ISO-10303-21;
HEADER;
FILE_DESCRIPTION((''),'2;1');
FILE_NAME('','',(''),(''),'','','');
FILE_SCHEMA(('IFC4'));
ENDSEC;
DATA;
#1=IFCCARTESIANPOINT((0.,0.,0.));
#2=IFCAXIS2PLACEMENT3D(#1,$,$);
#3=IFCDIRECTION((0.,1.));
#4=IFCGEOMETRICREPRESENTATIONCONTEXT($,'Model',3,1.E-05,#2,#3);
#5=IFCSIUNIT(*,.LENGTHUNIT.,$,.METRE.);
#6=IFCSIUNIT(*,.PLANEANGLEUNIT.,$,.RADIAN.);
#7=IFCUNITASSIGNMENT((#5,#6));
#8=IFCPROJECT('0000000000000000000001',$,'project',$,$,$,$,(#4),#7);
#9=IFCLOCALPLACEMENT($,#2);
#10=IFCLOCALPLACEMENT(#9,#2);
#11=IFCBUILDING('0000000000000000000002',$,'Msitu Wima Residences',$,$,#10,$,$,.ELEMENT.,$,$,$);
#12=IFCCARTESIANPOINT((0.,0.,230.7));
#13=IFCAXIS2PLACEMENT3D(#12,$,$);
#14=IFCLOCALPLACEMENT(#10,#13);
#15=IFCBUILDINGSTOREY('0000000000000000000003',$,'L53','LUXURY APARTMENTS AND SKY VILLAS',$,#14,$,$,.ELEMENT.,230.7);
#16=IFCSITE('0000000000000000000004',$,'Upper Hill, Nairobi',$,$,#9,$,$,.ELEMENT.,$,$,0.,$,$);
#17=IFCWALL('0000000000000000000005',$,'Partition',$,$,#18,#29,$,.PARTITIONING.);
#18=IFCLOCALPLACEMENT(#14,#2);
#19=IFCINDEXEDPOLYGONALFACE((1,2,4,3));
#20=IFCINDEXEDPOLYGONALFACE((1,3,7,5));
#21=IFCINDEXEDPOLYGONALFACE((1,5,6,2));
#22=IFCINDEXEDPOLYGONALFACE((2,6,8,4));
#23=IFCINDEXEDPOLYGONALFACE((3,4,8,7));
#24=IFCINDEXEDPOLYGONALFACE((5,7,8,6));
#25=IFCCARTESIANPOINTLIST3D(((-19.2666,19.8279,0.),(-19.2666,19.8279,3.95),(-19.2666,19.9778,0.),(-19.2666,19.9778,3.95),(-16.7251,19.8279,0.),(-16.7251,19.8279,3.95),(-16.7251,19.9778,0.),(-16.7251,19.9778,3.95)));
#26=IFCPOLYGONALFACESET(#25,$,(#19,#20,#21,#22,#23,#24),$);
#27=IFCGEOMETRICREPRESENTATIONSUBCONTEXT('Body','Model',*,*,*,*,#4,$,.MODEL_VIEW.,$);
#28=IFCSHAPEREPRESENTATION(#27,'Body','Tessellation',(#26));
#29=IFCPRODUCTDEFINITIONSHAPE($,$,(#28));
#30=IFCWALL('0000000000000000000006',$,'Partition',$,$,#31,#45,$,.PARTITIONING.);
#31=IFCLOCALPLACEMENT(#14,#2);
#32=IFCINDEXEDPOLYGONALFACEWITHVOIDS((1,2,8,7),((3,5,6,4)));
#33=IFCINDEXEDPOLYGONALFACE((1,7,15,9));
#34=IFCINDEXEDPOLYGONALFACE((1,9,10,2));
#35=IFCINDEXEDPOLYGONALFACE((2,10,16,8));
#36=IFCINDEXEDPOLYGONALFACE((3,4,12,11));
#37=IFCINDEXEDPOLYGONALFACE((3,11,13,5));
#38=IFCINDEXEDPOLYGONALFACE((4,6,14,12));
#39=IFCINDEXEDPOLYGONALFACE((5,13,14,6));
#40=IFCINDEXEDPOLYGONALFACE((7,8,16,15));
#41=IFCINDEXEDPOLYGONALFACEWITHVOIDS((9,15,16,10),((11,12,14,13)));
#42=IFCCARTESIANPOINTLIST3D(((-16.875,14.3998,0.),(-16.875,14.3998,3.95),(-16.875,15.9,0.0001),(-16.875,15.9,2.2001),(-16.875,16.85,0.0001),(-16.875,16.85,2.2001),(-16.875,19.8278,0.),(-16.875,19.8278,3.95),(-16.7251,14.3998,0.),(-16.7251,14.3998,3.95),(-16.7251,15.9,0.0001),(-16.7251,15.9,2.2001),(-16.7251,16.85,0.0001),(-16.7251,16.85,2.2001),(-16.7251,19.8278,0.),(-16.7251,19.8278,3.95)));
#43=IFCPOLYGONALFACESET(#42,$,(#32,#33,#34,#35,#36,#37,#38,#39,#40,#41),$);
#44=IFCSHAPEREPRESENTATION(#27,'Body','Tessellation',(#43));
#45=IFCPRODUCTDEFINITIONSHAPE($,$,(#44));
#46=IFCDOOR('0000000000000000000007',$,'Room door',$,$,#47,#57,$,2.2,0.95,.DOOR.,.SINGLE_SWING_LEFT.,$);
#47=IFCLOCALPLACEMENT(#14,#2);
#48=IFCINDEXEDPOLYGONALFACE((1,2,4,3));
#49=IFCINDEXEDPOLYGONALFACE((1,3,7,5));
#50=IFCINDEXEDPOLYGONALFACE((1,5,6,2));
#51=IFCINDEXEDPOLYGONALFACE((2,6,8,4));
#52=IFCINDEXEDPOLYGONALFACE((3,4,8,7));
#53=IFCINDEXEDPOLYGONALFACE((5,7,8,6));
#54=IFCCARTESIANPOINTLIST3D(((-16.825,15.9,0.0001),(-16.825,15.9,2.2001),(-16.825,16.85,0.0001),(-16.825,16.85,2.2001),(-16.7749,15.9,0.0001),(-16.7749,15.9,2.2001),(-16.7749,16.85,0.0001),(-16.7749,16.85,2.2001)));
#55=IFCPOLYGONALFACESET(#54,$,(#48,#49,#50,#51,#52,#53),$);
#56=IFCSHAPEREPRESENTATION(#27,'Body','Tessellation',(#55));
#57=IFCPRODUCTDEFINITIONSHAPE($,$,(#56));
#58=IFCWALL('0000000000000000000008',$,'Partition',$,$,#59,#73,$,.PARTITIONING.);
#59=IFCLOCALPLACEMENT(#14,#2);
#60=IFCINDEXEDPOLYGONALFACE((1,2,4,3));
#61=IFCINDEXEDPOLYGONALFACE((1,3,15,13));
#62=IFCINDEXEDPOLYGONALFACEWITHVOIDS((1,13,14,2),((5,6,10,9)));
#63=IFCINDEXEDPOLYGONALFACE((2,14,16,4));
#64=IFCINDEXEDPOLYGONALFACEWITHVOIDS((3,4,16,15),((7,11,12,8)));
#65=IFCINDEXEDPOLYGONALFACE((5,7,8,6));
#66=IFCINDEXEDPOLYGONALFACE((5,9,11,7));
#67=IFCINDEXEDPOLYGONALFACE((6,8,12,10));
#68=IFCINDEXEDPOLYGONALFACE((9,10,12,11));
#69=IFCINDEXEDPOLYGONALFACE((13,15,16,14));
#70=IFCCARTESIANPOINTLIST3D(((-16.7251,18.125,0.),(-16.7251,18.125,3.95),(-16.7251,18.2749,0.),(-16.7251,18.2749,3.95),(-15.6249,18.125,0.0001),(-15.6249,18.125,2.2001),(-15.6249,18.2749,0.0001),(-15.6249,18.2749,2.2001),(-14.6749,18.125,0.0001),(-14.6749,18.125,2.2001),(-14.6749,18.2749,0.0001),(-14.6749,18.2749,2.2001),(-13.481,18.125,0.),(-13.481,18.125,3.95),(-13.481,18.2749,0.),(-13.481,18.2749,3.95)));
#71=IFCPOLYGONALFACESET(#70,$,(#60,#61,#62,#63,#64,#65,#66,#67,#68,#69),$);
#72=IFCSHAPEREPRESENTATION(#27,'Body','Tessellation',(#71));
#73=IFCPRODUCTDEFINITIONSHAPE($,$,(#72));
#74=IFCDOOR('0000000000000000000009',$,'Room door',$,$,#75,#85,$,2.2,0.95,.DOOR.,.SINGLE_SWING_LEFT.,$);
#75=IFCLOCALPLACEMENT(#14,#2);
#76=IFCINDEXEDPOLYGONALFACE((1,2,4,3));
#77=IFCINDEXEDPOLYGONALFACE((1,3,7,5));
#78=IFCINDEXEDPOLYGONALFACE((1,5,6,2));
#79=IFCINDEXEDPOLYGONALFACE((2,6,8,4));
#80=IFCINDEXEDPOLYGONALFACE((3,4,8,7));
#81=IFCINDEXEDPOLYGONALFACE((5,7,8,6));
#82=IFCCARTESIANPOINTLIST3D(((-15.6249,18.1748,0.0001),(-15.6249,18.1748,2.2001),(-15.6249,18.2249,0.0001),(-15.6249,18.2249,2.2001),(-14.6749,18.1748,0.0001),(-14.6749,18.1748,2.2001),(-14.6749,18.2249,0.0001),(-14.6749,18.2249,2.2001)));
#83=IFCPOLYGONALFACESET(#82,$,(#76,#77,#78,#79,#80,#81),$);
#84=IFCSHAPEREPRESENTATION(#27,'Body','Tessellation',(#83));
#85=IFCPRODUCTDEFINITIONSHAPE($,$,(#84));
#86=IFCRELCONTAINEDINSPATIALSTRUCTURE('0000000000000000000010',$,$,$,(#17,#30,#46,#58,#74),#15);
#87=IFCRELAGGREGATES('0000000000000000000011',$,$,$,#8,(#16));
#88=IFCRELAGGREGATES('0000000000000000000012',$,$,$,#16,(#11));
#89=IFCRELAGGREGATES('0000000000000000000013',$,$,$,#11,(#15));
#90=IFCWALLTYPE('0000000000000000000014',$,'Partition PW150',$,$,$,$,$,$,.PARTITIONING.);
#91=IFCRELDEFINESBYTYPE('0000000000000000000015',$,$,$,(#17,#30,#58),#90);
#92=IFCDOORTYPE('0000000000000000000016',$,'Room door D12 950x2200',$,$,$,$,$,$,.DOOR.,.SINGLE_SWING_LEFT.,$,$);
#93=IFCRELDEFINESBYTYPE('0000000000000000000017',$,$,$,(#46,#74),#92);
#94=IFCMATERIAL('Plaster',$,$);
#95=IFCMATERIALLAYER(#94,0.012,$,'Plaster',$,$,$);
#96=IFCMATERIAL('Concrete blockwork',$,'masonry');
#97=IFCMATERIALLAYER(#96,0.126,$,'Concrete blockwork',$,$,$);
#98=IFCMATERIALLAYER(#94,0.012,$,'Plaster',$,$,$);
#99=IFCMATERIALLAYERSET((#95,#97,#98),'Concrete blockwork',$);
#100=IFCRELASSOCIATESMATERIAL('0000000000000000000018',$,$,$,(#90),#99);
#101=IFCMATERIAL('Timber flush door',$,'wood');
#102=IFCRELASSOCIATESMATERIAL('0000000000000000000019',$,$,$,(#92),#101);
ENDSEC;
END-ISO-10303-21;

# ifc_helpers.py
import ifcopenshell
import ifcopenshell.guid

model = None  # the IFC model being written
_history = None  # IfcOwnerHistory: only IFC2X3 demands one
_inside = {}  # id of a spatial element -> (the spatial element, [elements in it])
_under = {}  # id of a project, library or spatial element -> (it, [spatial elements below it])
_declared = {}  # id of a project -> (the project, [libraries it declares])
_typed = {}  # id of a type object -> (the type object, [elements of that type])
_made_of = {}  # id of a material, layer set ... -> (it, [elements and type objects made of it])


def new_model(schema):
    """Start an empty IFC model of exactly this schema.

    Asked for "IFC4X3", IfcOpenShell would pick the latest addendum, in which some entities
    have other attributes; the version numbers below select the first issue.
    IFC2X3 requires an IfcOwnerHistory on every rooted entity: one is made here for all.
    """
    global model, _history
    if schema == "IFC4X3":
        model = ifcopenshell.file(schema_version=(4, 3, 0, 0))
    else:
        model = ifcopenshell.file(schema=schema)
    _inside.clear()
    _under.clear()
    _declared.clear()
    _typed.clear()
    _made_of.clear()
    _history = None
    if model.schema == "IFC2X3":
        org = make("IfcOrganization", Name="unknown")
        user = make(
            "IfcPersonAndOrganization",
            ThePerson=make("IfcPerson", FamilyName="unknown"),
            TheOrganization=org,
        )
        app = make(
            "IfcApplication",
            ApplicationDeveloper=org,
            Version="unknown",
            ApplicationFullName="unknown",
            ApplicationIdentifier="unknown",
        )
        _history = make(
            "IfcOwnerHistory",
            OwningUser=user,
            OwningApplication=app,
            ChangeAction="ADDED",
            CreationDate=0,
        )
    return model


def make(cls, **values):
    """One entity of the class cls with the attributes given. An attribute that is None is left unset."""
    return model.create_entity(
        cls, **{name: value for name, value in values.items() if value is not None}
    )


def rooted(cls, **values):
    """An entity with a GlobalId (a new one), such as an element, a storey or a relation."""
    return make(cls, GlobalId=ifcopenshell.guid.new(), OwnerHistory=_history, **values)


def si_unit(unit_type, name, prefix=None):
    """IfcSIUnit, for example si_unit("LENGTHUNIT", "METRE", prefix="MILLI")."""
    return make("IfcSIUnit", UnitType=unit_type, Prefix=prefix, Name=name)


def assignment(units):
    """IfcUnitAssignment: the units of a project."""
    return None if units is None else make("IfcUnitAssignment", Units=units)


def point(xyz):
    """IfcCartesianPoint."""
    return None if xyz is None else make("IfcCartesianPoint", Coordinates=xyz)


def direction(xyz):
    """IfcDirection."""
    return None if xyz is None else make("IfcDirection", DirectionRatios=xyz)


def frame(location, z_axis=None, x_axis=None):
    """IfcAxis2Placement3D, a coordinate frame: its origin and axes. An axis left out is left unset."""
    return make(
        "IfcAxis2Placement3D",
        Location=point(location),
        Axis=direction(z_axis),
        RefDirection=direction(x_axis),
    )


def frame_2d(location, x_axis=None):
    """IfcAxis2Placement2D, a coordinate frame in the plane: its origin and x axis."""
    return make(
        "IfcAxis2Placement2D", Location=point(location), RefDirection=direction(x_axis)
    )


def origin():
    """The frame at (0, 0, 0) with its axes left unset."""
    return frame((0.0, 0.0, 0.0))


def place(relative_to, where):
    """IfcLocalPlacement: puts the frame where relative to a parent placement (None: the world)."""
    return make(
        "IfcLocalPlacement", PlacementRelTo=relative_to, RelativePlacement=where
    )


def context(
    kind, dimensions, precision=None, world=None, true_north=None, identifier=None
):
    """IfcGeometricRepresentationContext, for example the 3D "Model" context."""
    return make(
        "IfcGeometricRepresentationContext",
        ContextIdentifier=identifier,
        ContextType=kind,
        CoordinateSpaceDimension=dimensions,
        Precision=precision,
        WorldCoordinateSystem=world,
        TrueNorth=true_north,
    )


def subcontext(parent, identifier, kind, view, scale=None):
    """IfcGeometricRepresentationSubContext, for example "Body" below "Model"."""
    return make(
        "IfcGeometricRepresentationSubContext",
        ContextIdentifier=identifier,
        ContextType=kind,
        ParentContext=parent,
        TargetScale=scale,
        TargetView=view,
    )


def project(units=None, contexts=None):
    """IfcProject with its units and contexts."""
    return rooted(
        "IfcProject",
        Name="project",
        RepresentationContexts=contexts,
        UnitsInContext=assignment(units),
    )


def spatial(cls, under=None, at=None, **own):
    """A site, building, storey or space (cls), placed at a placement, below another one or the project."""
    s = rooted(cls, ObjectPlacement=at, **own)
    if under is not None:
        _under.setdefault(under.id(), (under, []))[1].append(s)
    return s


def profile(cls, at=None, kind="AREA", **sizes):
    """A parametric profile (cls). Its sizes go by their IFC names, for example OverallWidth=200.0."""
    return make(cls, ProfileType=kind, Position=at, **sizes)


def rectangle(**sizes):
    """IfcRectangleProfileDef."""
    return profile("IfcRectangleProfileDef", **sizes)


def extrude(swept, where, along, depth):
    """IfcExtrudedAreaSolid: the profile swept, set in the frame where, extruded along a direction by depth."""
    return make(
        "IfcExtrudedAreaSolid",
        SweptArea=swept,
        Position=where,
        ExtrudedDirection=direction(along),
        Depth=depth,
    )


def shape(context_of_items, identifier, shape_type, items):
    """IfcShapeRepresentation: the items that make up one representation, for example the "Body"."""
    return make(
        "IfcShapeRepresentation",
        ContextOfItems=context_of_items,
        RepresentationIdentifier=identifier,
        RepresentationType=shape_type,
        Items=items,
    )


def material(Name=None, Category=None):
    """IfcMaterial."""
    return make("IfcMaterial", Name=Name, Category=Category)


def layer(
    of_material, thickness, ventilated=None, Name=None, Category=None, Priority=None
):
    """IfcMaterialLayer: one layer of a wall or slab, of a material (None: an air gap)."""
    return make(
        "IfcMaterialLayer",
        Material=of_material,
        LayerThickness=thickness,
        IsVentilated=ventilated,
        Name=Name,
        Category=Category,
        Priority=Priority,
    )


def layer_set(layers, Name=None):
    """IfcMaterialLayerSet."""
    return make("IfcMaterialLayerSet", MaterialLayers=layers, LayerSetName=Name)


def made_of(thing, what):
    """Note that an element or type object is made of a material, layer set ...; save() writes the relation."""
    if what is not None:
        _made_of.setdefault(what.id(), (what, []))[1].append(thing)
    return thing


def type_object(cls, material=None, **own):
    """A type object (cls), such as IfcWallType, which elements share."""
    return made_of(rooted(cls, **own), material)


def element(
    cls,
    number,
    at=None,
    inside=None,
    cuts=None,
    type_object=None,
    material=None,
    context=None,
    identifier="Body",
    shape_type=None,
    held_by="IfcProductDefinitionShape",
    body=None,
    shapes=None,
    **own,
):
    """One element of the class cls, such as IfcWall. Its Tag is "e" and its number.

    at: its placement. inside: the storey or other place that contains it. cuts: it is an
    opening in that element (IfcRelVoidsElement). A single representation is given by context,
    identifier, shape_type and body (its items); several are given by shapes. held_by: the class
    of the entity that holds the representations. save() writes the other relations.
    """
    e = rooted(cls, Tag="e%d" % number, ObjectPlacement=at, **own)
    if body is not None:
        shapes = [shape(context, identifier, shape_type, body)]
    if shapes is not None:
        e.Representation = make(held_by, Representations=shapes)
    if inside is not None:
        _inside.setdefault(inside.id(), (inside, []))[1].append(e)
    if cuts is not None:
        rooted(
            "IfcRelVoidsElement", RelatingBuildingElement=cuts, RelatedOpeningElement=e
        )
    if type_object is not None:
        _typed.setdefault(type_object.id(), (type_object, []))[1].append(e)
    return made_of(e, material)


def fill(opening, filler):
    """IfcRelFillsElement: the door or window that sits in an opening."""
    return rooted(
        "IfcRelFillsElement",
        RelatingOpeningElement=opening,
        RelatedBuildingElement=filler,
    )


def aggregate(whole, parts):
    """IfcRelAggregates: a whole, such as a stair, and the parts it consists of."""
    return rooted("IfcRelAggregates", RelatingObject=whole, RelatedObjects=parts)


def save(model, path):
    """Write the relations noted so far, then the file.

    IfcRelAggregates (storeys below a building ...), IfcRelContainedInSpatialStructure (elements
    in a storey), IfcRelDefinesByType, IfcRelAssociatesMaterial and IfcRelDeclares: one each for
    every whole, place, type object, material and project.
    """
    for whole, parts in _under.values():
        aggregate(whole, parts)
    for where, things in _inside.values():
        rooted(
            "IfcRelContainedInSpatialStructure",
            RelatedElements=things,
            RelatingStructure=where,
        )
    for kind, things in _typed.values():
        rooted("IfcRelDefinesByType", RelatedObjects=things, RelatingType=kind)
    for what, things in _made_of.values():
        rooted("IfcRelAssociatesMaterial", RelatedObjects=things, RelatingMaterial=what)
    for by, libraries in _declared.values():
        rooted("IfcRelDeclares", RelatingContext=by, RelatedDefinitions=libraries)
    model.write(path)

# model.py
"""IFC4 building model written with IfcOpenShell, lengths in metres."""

from ifc_helpers import new_model, si_unit, direction, frame, frame_2d, origin, place, context, subcontext, project, spatial, rectangle, extrude, material, layer, layer_set, type_object, element, fill, save


model = new_model("IFC4")

# Units and contexts
model_context = context("Model", 3, precision=1e-05, world=origin(), true_north=direction((0.0, 1.0)))
body_context = subcontext(model_context, "Body", "Model", "MODEL_VIEW")
ifc_project = project(units=[si_unit("LENGTHUNIT", "METRE"), si_unit("PLANEANGLEUNIT", "RADIAN")], contexts=[model_context])

# Site, building, storey
site_placement = place(None, origin())
site = spatial("IfcSite", under=ifc_project, at=site_placement, Name="Upper Hill, Nairobi", CompositionType="ELEMENT", RefElevation=0.0)
building_placement = place(site_placement, origin())
building = spatial("IfcBuilding", under=site, at=building_placement, Name="Msitu Wima Residences", CompositionType="ELEMENT")
storey_placement = place(building_placement, frame((0.0, 0.0, 230.7)))
storey = spatial("IfcBuildingStorey", under=building, at=storey_placement, Name="L53", Description="LUXURY APARTMENTS AND SKY VILLAS", CompositionType="ELEMENT", Elevation=230.7)

# Shared definitions
ifc_material_1 = material(Name="Plaster")
ifc_layer_1 = layer(ifc_material_1, 0.012, Name="Plaster")
ifc_material_2 = material(Name="Concrete blockwork", Category="masonry")
ifc_layer_2 = layer(ifc_material_2, 0.126, Name="Concrete blockwork")
ifc_layer_3 = layer(ifc_material_1, 0.012, Name="Plaster")
ifc_layer_set_1 = layer_set([ifc_layer_1, ifc_layer_2, ifc_layer_3], Name="Concrete blockwork")
wall_type_1 = type_object("IfcWallType", Name="Partition PW150", PredefinedType="PARTITIONING", material=ifc_layer_set_1)

# Shared definitions
ifc_material_3 = material(Name="Timber flush door", Category="wood")
door_type_1 = type_object("IfcDoorType", Name="Room door D12 950x2200", OperationType="SINGLE_SWING_LEFT", PredefinedType="DOOR", material=ifc_material_3)

# Wall
wall_1_placement = place(storey_placement, frame((-19.2666, 19.9028, 0.0), z_axis=(0.0, 0.0, 1.0), x_axis=(1.0, 0.0, 0.0)))
element("IfcWall", 1, at=wall_1_placement, inside=storey, type_object=wall_type_1, Name="Partition", PredefinedType="PARTITIONING", context=body_context, shape_type="SweptSolid", body=[
    extrude(rectangle(XDim=2.5415, YDim=0.1499, at=frame_2d((1.2708, 0.0))), origin(), (0.0, 0.0, 1.0), 3.95),
])

# Walls, openings, doors
wall_2_placement = place(storey_placement, frame((-16.8, 14.3999, 0.0), z_axis=(0.0, 0.0, 1.0), x_axis=(0.0, 1.0, 0.0)))
wall_2 = element("IfcWall", 2, at=wall_2_placement, inside=storey, type_object=wall_type_1, Name="Partition", PredefinedType="PARTITIONING", context=body_context, shape_type="SweptSolid", body=[
    extrude(rectangle(XDim=5.428, YDim=0.1499, at=frame_2d((2.7139, 0.0))), origin(), (0.0, 0.0, 1.0), 3.95),
])
opening_1_placement = place(wall_2_placement, frame((1.5, 0.0, 0.0)))
opening_1 = element("IfcOpeningElement", 3, at=opening_1_placement, cuts=wall_2, PredefinedType="OPENING", context=body_context, shape_type="SweptSolid", body=[
    extrude(rectangle(XDim=0.95, YDim=2.2, at=frame_2d((0.4751, 1.1001))), frame((0.0, 0.085, 0.0), z_axis=(0.0, -1.0, 0.0), x_axis=(1.0, 0.0, 0.0)), (0.0, 0.0, 1.0), 0.1699),
])
door_1_placement = place(opening_1_placement, origin())
door_1 = element("IfcDoor", 4, at=door_1_placement, inside=storey, type_object=door_type_1, Name="Room door", OperationType="SINGLE_SWING_LEFT", OverallHeight=2.2, OverallWidth=0.95, PredefinedType="DOOR", context=body_context, shape_type="SweptSolid", body=[
    extrude(rectangle(XDim=0.95, YDim=2.2, at=frame_2d((0.4751, 1.1001))), frame((0.0, 0.0249, 0.0), z_axis=(0.0, -1.0, 0.0), x_axis=(1.0, 0.0, 0.0)), (0.0, 0.0, 1.0), 0.05),
])
fill(opening_1, door_1)
wall_3_placement = place(storey_placement, frame((-16.7251, 18.2, 0.0), z_axis=(0.0, 0.0, 1.0), x_axis=(1.0, 0.0, 0.0)))
wall_3 = element("IfcWall", 5, at=wall_3_placement, inside=storey, type_object=wall_type_1, Name="Partition", PredefinedType="PARTITIONING", context=body_context, shape_type="SweptSolid", body=[
    extrude(rectangle(XDim=3.2441, YDim=0.1499, at=frame_2d((1.6221, 0.0))), origin(), (0.0, 0.0, 1.0), 3.95),
])
opening_2_placement = place(wall_3_placement, frame((1.1001, 0.0, 0.0)))
opening_2 = element("IfcOpeningElement", 6, at=opening_2_placement, cuts=wall_3, PredefinedType="OPENING", context=body_context, shape_type="SweptSolid", body=[
    extrude(rectangle(XDim=0.95, YDim=2.2, at=frame_2d((0.4751, 1.1001))), frame((0.0, 0.085, 0.0), z_axis=(0.0, -1.0, 0.0), x_axis=(1.0, 0.0, 0.0)), (0.0, 0.0, 1.0), 0.1699),
])
door_2_placement = place(opening_2_placement, origin())
door_2 = element("IfcDoor", 7, at=door_2_placement, inside=storey, type_object=door_type_1, Name="Room door", OperationType="SINGLE_SWING_LEFT", OverallHeight=2.2, OverallWidth=0.95, PredefinedType="DOOR", context=body_context, shape_type="SweptSolid", body=[
    extrude(rectangle(XDim=0.95, YDim=2.2, at=frame_2d((0.4751, 1.1001))), frame((0.0, 0.0249, 0.0), z_axis=(0.0, -1.0, 0.0), x_axis=(1.0, 0.0, 0.0)), (0.0, 0.0, 1.0), 0.05),
])
fill(opening_2, door_2)

save(model, "model.ifc")
